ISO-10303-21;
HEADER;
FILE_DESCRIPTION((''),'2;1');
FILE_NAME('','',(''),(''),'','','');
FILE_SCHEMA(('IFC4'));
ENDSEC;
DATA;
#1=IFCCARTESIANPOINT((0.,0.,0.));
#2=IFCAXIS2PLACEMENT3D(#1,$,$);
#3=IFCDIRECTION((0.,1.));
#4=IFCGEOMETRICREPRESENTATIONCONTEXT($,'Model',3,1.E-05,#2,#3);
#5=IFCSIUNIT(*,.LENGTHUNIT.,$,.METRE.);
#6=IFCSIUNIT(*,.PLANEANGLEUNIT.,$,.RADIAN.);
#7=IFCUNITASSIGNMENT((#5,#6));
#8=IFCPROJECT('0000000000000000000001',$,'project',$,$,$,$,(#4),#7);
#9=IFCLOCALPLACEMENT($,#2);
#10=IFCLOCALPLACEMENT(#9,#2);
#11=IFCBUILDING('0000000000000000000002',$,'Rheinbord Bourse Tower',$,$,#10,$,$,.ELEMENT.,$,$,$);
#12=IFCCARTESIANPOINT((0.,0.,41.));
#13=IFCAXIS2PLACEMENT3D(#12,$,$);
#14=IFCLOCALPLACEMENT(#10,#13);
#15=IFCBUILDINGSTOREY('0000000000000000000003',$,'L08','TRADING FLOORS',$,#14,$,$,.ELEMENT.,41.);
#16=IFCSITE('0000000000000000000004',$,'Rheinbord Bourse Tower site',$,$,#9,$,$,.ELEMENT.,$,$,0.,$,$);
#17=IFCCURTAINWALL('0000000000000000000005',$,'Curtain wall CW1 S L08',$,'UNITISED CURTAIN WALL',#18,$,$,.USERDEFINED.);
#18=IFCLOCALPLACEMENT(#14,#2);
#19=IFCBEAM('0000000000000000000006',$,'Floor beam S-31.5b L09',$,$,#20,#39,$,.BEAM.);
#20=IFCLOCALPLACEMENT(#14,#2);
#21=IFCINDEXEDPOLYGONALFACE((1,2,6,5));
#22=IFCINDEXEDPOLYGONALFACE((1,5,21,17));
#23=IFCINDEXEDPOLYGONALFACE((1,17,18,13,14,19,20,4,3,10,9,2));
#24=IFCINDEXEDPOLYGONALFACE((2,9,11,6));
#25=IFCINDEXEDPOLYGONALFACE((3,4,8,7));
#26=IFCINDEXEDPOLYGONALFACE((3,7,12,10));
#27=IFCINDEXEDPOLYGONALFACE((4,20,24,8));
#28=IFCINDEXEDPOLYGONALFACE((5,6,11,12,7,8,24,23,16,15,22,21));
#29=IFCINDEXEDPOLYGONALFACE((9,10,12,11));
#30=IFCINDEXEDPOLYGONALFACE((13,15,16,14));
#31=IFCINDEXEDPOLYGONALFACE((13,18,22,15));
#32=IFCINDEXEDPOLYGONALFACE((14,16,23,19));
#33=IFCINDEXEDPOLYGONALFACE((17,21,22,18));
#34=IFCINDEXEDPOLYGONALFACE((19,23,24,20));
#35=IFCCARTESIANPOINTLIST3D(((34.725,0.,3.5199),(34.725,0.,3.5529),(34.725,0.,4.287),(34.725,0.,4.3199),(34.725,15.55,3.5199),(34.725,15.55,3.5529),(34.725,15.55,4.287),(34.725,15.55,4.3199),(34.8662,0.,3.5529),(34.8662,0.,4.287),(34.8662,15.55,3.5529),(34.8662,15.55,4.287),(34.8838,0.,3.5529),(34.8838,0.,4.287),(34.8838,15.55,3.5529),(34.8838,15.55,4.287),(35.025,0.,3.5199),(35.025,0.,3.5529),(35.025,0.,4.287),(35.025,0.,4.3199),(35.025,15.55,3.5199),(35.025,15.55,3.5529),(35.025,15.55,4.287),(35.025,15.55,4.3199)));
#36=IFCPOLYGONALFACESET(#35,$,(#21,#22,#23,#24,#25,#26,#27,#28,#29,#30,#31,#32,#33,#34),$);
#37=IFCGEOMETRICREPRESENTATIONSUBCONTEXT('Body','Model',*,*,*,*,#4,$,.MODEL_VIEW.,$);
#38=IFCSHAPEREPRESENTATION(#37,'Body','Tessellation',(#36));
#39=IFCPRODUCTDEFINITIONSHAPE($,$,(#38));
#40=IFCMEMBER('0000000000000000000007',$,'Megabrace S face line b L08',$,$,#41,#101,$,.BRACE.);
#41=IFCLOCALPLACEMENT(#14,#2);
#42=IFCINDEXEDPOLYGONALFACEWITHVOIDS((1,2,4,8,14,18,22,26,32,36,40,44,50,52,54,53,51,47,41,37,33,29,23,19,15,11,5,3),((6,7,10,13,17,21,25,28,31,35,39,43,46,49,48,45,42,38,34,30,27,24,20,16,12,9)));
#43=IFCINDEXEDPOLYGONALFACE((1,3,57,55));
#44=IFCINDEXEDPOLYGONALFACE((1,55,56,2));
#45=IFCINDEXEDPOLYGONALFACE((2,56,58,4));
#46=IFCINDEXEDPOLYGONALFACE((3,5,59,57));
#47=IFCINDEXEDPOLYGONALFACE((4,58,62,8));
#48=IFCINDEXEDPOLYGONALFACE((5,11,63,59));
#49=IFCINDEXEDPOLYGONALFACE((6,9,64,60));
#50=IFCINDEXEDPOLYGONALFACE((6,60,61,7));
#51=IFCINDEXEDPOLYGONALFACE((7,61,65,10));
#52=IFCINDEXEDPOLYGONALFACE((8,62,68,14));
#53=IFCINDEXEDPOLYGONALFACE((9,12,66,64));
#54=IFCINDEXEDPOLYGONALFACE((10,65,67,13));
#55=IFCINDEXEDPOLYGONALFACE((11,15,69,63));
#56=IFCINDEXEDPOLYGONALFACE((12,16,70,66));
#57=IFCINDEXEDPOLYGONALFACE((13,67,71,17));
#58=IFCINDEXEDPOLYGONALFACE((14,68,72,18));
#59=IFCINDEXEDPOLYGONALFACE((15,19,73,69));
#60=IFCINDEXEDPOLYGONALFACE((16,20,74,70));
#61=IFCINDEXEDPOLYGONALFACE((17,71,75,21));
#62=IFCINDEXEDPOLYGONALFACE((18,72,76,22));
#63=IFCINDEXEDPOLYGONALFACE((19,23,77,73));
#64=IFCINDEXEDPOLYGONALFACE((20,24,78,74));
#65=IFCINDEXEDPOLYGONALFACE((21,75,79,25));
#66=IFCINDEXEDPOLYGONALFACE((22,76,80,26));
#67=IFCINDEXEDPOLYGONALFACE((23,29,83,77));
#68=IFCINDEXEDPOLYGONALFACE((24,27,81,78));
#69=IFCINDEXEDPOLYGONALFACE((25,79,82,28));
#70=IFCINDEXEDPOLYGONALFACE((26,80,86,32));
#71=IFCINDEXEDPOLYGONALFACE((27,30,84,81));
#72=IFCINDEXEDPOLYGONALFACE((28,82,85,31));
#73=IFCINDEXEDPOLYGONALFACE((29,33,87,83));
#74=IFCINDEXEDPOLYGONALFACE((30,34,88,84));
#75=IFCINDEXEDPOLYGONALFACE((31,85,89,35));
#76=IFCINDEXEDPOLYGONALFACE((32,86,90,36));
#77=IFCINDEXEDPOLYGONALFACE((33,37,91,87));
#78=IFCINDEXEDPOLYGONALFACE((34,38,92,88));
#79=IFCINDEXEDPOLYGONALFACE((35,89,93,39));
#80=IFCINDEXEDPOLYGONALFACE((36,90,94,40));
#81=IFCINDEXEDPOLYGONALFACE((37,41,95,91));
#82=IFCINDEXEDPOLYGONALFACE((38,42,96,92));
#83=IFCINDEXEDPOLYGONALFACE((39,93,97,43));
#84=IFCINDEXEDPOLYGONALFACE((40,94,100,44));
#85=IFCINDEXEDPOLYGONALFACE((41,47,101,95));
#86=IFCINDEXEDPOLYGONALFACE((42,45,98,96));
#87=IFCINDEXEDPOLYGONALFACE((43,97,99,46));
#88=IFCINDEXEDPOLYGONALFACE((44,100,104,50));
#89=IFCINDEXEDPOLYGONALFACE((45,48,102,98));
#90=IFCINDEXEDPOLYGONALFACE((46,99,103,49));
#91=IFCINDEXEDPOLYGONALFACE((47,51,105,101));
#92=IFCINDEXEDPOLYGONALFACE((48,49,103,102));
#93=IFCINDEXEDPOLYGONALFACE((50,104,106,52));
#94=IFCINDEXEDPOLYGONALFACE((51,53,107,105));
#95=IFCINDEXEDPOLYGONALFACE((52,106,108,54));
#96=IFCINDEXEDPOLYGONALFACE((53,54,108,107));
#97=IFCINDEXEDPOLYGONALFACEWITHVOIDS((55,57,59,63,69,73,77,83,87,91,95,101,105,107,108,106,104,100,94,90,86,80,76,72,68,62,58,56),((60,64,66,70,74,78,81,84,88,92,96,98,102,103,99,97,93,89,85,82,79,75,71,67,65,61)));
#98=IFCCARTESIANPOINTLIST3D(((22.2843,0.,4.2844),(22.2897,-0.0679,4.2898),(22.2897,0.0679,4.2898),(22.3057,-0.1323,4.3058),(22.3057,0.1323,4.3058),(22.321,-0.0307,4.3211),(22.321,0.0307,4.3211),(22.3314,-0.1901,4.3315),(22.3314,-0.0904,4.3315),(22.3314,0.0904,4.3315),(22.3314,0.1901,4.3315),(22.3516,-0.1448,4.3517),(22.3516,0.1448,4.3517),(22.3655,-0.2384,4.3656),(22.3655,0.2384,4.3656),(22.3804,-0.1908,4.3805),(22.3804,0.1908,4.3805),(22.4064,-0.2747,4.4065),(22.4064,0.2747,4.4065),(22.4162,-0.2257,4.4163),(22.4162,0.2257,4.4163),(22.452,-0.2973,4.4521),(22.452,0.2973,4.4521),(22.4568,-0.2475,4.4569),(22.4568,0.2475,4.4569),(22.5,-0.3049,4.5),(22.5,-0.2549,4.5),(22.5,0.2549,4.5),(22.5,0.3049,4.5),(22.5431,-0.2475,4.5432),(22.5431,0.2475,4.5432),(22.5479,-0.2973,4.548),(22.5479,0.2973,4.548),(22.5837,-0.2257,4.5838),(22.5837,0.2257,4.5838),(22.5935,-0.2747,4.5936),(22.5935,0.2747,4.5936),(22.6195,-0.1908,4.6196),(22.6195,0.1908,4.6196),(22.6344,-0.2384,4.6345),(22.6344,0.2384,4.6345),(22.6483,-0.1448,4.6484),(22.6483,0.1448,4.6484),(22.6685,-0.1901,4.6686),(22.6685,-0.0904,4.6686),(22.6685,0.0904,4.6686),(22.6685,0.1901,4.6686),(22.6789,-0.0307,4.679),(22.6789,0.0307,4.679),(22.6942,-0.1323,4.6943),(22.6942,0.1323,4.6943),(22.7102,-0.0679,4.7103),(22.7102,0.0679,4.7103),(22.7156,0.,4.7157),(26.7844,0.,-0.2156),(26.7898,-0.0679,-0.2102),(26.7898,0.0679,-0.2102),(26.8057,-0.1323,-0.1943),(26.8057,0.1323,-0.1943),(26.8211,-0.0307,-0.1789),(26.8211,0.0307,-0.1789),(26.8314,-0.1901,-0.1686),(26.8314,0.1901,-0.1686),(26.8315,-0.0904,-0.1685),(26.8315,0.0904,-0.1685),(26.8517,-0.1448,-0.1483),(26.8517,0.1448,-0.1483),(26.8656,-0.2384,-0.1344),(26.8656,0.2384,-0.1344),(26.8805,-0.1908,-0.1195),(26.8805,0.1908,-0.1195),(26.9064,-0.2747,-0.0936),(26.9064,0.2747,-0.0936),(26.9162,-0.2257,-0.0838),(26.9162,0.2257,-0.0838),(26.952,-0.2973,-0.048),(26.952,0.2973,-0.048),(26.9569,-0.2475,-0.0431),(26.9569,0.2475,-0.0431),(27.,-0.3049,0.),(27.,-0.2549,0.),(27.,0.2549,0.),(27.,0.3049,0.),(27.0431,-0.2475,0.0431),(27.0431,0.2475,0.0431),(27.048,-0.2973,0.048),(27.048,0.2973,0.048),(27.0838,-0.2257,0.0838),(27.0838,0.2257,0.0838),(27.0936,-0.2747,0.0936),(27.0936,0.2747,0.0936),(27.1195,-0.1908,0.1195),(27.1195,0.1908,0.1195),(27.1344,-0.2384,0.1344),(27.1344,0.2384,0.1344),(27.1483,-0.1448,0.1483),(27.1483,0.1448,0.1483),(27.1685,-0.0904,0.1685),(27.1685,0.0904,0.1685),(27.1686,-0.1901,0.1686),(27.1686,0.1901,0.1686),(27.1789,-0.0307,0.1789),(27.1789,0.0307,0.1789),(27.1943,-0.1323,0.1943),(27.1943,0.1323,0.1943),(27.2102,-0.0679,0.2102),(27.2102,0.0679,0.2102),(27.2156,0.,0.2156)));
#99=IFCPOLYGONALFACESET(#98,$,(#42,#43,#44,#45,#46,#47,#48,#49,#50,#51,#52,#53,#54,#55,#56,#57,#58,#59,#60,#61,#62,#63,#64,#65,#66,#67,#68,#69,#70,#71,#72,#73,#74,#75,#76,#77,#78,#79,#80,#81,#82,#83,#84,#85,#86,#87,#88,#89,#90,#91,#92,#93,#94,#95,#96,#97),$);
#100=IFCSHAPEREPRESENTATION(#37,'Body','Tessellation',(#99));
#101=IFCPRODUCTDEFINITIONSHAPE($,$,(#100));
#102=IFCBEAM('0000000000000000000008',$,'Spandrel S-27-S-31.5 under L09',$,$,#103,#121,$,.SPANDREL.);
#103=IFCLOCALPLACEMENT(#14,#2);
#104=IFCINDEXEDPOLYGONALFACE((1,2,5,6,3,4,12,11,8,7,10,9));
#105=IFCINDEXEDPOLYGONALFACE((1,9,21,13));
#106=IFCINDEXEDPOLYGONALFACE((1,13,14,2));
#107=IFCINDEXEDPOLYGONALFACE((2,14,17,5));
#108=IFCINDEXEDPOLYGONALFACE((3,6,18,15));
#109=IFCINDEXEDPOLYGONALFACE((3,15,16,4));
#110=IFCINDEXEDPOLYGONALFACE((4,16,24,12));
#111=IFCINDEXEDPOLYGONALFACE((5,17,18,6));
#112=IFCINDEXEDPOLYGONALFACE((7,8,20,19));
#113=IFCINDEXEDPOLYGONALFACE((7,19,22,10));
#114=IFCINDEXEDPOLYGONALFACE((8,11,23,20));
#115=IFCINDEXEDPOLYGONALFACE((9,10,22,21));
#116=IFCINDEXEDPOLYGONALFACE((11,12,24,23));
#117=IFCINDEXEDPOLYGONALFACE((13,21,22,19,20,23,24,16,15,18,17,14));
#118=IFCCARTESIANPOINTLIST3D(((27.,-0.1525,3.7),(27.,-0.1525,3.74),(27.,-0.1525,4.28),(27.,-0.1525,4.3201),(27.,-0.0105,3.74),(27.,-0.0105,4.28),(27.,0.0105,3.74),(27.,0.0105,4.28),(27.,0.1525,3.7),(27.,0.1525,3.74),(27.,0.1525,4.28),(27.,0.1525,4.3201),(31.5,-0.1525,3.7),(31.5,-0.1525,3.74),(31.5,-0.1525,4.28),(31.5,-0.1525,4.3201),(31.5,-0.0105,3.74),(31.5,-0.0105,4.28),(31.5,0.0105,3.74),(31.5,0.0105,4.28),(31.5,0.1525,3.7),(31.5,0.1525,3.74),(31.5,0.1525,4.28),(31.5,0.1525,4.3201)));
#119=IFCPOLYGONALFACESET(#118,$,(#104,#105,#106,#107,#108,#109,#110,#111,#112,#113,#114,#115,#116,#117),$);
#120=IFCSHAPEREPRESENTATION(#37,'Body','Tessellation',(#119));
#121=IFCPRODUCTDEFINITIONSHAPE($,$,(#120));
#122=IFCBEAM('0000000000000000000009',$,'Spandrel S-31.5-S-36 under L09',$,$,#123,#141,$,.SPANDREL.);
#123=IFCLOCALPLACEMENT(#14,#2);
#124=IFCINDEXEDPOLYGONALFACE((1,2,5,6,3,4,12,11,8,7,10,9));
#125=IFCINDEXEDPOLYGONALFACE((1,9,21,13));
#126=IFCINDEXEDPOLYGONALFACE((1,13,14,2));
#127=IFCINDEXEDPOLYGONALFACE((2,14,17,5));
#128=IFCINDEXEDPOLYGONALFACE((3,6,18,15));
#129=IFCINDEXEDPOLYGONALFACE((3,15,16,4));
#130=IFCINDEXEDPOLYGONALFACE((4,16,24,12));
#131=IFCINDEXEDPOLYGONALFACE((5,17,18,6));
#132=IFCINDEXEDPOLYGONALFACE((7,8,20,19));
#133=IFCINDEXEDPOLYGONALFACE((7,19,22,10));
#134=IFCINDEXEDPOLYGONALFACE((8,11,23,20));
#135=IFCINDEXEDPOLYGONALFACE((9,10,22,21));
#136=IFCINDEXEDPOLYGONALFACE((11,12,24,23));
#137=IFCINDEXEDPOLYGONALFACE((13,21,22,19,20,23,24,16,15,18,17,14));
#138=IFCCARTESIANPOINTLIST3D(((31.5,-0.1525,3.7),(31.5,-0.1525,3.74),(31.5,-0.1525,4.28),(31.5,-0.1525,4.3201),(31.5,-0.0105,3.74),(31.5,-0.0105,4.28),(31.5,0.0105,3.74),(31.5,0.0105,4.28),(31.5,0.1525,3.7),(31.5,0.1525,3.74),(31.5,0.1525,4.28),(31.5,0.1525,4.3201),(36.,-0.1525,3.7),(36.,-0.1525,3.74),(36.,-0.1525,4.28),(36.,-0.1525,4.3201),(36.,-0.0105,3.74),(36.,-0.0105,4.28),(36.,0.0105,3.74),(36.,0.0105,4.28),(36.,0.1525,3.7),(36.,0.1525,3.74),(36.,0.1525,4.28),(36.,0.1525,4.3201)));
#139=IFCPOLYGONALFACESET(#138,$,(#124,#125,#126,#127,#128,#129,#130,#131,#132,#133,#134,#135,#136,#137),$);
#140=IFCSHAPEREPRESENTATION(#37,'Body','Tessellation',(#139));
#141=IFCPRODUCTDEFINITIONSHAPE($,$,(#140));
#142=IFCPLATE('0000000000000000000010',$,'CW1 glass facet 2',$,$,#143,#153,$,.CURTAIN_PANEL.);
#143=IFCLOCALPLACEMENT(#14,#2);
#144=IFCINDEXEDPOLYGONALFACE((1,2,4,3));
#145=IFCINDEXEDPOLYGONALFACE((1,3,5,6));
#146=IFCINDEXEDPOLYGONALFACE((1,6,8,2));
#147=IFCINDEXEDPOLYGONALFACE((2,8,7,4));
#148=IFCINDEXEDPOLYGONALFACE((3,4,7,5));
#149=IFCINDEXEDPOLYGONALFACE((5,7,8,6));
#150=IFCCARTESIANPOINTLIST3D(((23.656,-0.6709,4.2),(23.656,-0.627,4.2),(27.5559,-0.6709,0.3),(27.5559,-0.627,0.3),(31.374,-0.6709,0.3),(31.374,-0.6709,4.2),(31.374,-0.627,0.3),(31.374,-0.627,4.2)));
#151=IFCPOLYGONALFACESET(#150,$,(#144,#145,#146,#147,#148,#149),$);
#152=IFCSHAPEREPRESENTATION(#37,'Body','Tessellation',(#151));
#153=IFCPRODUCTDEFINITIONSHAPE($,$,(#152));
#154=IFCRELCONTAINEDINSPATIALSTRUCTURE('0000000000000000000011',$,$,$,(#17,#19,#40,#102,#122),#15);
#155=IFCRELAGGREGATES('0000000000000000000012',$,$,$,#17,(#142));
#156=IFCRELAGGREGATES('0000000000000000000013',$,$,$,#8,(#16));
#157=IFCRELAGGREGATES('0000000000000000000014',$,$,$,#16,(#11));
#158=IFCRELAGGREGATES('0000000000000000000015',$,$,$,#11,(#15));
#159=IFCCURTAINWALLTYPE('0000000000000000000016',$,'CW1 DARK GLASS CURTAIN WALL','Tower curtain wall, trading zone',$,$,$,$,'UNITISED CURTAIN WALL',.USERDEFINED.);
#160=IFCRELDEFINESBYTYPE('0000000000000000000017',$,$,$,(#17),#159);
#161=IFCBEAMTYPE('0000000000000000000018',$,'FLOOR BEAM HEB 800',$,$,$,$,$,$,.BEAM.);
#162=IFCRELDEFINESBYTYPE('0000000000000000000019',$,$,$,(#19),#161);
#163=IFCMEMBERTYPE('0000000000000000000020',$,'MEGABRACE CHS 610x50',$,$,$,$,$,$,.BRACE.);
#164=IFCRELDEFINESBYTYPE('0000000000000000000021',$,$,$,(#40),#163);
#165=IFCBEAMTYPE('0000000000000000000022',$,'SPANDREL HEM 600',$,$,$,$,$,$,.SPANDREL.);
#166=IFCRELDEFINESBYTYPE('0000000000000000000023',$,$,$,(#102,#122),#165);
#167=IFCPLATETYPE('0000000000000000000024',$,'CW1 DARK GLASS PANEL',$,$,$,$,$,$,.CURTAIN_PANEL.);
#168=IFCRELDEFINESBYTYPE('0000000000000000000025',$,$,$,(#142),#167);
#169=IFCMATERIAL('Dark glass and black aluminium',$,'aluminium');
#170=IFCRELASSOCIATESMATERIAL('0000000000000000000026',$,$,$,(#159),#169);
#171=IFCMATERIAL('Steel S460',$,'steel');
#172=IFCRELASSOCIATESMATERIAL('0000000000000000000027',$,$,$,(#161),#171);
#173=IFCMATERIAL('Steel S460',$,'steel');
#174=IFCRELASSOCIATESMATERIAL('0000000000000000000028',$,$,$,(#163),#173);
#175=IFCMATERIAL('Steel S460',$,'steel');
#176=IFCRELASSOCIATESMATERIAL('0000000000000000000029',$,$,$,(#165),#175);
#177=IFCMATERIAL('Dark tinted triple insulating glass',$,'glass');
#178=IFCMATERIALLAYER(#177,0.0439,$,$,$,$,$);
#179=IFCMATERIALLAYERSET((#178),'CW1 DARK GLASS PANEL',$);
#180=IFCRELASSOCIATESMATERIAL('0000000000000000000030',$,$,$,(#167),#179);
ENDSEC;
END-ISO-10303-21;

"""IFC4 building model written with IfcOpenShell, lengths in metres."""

from ifc_helpers import new_model, si_unit, direction, frame, origin, origin_2d, place, context, subcontext, project, spatial, polyline, hollow_circle, i_section, outline, extrude, material, layer, layer_set, material_profile, profile_set, type_object, element, aggregate, save


model = new_model("IFC4")

# Units and contexts
model_context = context("Model", 3, precision=1e-05, world=origin(), true_north=direction((0.0, 1.0)))
body_context = subcontext(model_context, "Body", "Model", "MODEL_VIEW")
ifc_project = project(units=[si_unit("LENGTHUNIT", "METRE"), si_unit("PLANEANGLEUNIT", "RADIAN")], contexts=[model_context])

# Site, building, storey
site_placement = place(None, origin())
site = spatial("IfcSite", under=ifc_project, at=site_placement, Name="Rheinbord Bourse Tower site", CompositionType="ELEMENT", RefElevation=0.0)
building_placement = place(site_placement, origin())
building = spatial("IfcBuilding", under=site, at=building_placement, Name="Rheinbord Bourse Tower", CompositionType="ELEMENT")
storey_placement = place(building_placement, frame((0.0, 0.0, 41.0)))
storey = spatial("IfcBuildingStorey", under=building, at=storey_placement, Name="L08", Description="TRADING FLOORS", CompositionType="ELEMENT", Elevation=41.0)

# Curtain wall
ifc_material_1 = material(Name="Dark glass and black aluminium", Category="aluminium")
curtain_wall_type = type_object("IfcCurtainWallType", Name="CW1 DARK GLASS CURTAIN WALL", Description="Tower curtain wall, trading zone", ElementType="UNITISED CURTAIN WALL", PredefinedType="USERDEFINED", material=ifc_material_1)
curtain_wall_placement = place(storey_placement, origin())
curtain_wall = element("IfcCurtainWall", 1, at=curtain_wall_placement, inside=storey, type_object=curtain_wall_type, Name="Curtain wall CW1 S L08", ObjectType="UNITISED CURTAIN WALL", PredefinedType="USERDEFINED")

# Beam
ifc_material_2 = material(Name="Steel S460", Category="steel")
ifc_material_profile_1 = material_profile(ifc_material_2, i_section(OverallWidth=0.3, OverallDepth=0.8, WebThickness=0.0176, FlangeThickness=0.033, at=origin_2d()), Name="HEB 800")
ifc_profile_set_1 = profile_set([ifc_material_profile_1], Name="Steel S460")
beam_type_1 = type_object("IfcBeamType", Name="FLOOR BEAM HEB 800", PredefinedType="BEAM", material=ifc_profile_set_1)
for number, where, z_axis, x_axis, name in (
    (2, (34.875, 0.0, 3.9199), (0.0, 1.0, 0.0), (-1.0, 0.0, 0.0), "Floor beam S-31.5b L09"),
):
    element("IfcBeam", number, at=place(storey_placement, frame(where, z_axis=z_axis, x_axis=x_axis)), inside=storey, type_object=beam_type_1, Name=name, PredefinedType="BEAM", context=body_context, shape_type="SweptSolid", body=[
        extrude(i_section(OverallWidth=0.3, OverallDepth=0.8, WebThickness=0.0176, FlangeThickness=0.033, at=origin_2d()), origin(), (0.0, 0.0, 1.0), 15.55),
    ])

# Member
ifc_material_3 = material(Name="Steel S460", Category="steel")
ifc_material_profile_2 = material_profile(ifc_material_3, hollow_circle(Radius=0.3049, WallThickness=0.05, at=origin_2d()), Name="CHS 610x50")
ifc_profile_set_2 = profile_set([ifc_material_profile_2], Name="Steel S460")
member_type_1 = type_object("IfcMemberType", Name="MEGABRACE CHS 610x50", PredefinedType="BRACE", material=ifc_profile_set_2)
member_1_placement = place(storey_placement, frame((27.0, 0.0, 0.0), z_axis=(-0.707107, 0.0, 0.707107), x_axis=(0.0, -1.0, 0.0)))
element("IfcMember", 3, at=member_1_placement, inside=storey, type_object=member_type_1, Name="Megabrace S face line b L08", PredefinedType="BRACE", context=body_context, shape_type="SweptSolid", body=[
    extrude(hollow_circle(Radius=0.3049, WallThickness=0.05, at=origin_2d()), origin(), (0.0, 0.0, 1.0), 6.364),
])

# Beams
ifc_material_4 = material(Name="Steel S460", Category="steel")
ifc_material_profile_3 = material_profile(ifc_material_4, i_section(OverallWidth=0.3049, OverallDepth=0.6201, WebThickness=0.021, FlangeThickness=0.04, at=origin_2d()), Name="HEM 600")
ifc_profile_set_3 = profile_set([ifc_material_profile_3], Name="Steel S460")
beam_type_2 = type_object("IfcBeamType", Name="SPANDREL HEM 600", PredefinedType="SPANDREL", material=ifc_profile_set_3)
for number, where, z_axis, x_axis, name in (
    (4, (27.0, 0.0, 4.01), (1.0, 0.0, 0.0), (0.0, 1.0, 0.0), "Spandrel S-27-S-31.5 under L09"),
    (5, (31.5, 0.0, 4.01), (1.0, 0.0, 0.0), (0.0, 1.0, 0.0), "Spandrel S-31.5-S-36 under L09"),
):
    element("IfcBeam", number, at=place(storey_placement, frame(where, z_axis=z_axis, x_axis=x_axis)), inside=storey, type_object=beam_type_2, Name=name, PredefinedType="SPANDREL", context=body_context, shape_type="SweptSolid", body=[
        extrude(i_section(OverallWidth=0.3049, OverallDepth=0.6201, WebThickness=0.021, FlangeThickness=0.04, at=origin_2d()), origin(), (0.0, 0.0, 1.0), 4.5),
    ])

# Plate
ifc_material_5 = material(Name="Dark tinted triple insulating glass", Category="glass")
ifc_layer = layer(ifc_material_5, 0.0439)
ifc_layer_set = layer_set([ifc_layer], Name="CW1 DARK GLASS PANEL")
plate_type = type_object("IfcPlateType", Name="CW1 DARK GLASS PANEL", PredefinedType="CURTAIN_PANEL", material=ifc_layer_set)
plate_placement = place(storey_placement, frame((31.374, -0.6709, 4.2), z_axis=(0.0, 1.0, 0.0), x_axis=(0.0, 0.0, -1.0)))
plate = element("IfcPlate", 6, at=plate_placement, type_object=plate_type, Name="CW1 glass facet 2", PredefinedType="CURTAIN_PANEL", context=body_context, shape_type="SweptSolid", body=[
    extrude(outline(polyline([(0.0, 0.0), (3.8999, 0.0), (3.8999, 3.8181), (0.0, 7.718), (0.0, 0.0)])), origin(), (0.0, 0.0, 1.0), 0.0439),
])
aggregate(curtain_wall, [plate])

save(model, "model.ifc")
